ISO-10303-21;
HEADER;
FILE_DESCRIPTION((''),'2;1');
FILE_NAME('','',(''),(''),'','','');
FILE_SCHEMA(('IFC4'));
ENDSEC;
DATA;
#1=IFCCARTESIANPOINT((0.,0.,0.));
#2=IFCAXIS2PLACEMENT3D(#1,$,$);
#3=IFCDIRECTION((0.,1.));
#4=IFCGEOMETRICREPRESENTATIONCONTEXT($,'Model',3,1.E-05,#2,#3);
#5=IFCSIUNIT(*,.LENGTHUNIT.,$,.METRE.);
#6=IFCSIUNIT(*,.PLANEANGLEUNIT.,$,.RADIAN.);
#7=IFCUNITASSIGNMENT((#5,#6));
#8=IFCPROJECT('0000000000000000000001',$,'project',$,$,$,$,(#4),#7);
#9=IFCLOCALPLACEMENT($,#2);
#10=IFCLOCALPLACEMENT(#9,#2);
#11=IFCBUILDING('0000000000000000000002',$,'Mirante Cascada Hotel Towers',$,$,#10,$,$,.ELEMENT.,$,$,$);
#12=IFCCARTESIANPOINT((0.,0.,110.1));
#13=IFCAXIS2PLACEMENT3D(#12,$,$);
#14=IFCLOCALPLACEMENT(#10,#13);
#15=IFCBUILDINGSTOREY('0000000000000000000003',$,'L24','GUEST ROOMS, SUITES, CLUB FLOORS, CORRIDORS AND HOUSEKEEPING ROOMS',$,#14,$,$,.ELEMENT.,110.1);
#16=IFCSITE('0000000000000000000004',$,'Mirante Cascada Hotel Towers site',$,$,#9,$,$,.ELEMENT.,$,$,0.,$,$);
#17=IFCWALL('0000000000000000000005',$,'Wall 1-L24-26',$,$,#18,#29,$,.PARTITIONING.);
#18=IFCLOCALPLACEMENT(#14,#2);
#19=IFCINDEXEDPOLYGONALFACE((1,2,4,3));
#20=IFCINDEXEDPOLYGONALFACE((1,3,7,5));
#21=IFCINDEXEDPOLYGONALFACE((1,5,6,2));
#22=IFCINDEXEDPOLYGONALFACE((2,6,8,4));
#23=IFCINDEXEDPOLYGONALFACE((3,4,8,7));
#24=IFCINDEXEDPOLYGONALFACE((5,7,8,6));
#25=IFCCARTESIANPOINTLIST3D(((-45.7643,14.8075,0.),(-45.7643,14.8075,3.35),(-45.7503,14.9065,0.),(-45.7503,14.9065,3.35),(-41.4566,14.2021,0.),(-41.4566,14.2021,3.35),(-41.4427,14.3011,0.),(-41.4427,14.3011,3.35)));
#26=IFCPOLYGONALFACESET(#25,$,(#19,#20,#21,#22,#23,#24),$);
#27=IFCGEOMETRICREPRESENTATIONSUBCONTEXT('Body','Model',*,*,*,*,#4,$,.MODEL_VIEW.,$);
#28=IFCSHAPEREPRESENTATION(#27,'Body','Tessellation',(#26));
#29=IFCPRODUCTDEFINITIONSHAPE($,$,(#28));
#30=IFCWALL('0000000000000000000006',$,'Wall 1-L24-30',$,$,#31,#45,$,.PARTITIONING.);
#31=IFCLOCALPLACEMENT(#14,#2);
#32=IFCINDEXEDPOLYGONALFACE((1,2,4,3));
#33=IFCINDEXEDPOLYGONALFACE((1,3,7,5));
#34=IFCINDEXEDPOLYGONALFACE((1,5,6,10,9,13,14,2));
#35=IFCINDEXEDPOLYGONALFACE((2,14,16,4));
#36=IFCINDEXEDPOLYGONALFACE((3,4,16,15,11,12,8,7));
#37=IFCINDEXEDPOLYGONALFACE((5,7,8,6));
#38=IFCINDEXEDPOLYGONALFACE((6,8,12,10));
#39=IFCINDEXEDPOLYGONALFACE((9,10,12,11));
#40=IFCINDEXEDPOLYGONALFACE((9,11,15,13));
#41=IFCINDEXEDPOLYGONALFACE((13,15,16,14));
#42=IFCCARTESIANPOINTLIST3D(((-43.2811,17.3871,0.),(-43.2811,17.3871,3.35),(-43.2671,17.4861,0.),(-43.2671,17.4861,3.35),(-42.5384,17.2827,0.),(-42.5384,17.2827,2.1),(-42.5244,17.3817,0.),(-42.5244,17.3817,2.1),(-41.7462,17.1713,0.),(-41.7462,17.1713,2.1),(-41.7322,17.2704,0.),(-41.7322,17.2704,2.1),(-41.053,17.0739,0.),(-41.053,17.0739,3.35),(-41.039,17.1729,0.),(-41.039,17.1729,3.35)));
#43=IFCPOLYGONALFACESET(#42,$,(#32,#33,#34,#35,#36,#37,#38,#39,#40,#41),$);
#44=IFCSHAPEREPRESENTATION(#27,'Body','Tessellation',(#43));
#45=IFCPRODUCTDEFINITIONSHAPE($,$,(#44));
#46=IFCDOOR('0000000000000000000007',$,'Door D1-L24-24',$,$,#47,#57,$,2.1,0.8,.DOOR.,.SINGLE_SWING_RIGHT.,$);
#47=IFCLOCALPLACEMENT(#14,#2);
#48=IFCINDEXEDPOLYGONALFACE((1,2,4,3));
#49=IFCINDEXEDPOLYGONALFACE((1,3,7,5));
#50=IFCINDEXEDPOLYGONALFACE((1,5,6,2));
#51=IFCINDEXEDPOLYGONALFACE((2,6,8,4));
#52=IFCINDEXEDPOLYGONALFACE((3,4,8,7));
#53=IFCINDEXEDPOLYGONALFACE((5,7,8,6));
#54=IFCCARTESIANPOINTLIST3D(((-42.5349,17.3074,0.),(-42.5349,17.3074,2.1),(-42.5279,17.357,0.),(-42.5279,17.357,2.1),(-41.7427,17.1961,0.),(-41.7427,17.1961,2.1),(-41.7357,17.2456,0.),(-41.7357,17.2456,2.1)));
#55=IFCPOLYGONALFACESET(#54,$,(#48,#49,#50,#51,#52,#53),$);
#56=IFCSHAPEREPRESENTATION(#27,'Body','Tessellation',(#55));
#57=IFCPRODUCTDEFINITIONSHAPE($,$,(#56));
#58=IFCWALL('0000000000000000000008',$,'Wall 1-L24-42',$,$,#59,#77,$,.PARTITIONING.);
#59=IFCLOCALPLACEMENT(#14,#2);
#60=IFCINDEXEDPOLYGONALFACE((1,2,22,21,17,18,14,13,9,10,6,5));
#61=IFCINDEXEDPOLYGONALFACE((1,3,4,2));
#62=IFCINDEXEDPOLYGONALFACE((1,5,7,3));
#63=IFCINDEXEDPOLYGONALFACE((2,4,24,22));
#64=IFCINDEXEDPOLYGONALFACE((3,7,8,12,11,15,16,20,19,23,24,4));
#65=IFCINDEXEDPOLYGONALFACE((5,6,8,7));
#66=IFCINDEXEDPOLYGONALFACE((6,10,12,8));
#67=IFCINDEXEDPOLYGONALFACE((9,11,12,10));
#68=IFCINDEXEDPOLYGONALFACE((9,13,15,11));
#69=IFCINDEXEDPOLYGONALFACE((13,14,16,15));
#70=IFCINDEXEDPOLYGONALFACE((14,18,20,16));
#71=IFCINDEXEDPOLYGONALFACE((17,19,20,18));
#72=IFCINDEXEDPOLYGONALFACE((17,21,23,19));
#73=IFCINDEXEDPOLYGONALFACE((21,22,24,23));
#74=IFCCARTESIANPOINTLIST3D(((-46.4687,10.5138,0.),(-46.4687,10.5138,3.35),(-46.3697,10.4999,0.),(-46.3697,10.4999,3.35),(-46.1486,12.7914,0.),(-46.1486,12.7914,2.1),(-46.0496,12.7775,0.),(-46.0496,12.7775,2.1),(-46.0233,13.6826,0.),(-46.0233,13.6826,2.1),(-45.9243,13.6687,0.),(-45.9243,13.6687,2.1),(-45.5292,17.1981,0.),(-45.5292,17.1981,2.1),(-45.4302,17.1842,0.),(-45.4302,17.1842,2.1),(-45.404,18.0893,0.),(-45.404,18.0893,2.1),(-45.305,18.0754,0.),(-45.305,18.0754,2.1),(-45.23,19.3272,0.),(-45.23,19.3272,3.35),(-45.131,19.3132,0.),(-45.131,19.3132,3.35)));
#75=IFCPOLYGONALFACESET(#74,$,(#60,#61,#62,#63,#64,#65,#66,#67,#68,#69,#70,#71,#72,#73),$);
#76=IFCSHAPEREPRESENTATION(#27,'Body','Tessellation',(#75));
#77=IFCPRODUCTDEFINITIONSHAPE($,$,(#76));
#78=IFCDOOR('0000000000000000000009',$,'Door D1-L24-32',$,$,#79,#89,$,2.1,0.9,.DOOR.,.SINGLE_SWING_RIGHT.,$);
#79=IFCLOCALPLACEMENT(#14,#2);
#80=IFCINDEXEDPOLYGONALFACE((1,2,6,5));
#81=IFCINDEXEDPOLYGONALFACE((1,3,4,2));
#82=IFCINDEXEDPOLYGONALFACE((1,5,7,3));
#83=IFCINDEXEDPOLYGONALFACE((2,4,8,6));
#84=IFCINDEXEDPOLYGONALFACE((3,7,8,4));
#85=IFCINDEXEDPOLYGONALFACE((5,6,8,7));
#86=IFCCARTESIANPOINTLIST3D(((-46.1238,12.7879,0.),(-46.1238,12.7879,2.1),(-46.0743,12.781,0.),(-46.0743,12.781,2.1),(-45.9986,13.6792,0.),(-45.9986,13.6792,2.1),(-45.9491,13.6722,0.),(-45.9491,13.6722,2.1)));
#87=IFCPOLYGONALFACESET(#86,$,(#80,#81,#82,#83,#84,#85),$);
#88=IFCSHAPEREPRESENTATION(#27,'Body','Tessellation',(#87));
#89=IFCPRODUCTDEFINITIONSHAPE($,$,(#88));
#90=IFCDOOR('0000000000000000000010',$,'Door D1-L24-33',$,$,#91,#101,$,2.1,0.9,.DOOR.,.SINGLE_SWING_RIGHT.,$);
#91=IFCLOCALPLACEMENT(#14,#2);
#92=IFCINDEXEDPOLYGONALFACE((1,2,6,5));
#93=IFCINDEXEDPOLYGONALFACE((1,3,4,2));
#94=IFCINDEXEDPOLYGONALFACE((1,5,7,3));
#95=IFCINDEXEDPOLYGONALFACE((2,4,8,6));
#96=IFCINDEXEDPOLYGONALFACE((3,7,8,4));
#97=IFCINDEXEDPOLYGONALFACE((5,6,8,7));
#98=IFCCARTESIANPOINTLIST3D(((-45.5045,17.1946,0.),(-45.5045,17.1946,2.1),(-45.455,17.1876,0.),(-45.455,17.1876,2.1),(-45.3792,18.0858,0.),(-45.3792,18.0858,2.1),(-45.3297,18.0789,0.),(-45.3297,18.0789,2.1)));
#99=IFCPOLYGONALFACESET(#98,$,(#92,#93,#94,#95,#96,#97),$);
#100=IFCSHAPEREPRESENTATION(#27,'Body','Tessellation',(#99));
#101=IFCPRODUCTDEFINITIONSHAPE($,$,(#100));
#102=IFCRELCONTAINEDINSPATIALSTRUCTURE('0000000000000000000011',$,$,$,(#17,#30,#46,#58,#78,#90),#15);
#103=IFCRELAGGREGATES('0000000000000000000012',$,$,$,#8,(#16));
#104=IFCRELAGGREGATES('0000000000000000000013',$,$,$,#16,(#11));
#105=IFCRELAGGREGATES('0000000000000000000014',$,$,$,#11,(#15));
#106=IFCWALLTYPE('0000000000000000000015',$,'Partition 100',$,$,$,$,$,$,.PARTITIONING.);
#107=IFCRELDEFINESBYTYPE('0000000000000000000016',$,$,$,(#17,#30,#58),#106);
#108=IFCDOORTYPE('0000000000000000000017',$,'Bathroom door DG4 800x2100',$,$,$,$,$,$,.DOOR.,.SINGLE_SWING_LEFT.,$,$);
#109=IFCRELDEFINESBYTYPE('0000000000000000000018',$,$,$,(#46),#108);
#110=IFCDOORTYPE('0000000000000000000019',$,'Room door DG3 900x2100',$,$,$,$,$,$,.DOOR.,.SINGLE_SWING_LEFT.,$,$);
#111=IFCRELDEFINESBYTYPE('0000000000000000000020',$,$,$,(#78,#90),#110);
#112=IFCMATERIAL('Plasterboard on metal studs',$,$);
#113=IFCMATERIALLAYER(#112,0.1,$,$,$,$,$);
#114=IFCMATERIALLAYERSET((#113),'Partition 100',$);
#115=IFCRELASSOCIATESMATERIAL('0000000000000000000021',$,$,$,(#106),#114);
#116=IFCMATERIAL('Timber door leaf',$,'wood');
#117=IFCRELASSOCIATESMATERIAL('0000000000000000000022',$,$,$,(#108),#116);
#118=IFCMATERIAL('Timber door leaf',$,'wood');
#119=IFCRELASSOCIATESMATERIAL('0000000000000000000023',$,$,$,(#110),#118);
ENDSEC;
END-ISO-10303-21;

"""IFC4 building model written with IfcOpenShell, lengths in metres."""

from ifc_helpers import new_model, si_unit, direction, frame, frame_2d, origin, place, context, subcontext, project, spatial, rectangle, extrude, material, layer, layer_set, type_object, element, fill, save


model = new_model("IFC4")

# Units and contexts
model_context = context("Model", 3, precision=1e-05, world=origin(), true_north=direction((0.0, 1.0)))
body_context = subcontext(model_context, "Body", "Model", "MODEL_VIEW")
ifc_project = project(units=[si_unit("LENGTHUNIT", "METRE"), si_unit("PLANEANGLEUNIT", "RADIAN")], contexts=[model_context])

# Site, building, storey
site_placement = place(None, origin())
site = spatial("IfcSite", under=ifc_project, at=site_placement, Name="Mirante Cascada Hotel Towers site", CompositionType="ELEMENT", RefElevation=0.0)
building_placement = place(site_placement, origin())
building = spatial("IfcBuilding", under=site, at=building_placement, Name="Mirante Cascada Hotel Towers", CompositionType="ELEMENT")
storey_placement = place(building_placement, frame((0.0, 0.0, 110.1)))
storey = spatial("IfcBuildingStorey", under=building, at=storey_placement, Name="L24", Description="GUEST ROOMS, SUITES, CLUB FLOORS, CORRIDORS AND HOUSEKEEPING ROOMS", CompositionType="ELEMENT", Elevation=110.1)

# Wall
ifc_material_1 = material(Name="Plasterboard on metal studs")
ifc_layer_1 = layer(ifc_material_1, 0.1)
ifc_layer_set_1 = layer_set([ifc_layer_1], Name="Partition 100")
wall_type_1 = type_object("IfcWallType", Name="Partition 100", PredefinedType="PARTITIONING", material=ifc_layer_set_1)
wall_1_placement = place(storey_placement, frame((-45.7573, 14.857, 0.0), z_axis=(0.0, 0.0, 1.0), x_axis=(0.990268, -0.139171, 0.0)))
element("IfcWall", 1, at=wall_1_placement, inside=storey, type_object=wall_type_1, Name="Wall 1-L24-26", PredefinedType="PARTITIONING", context=body_context, shape_type="SweptSolid", body=[
    extrude(rectangle(XDim=4.35, YDim=0.1, at=frame_2d((2.175, 0.0))), origin(), (0.0, 0.0, 1.0), 3.35),
])

# Wall, opening, door
wall_2_placement = place(storey_placement, frame((-43.2741, 17.4366, 0.0), z_axis=(0.0, 0.0, 1.0), x_axis=(0.990264, -0.1392, 0.0)))
wall_2 = element("IfcWall", 2, at=wall_2_placement, inside=storey, type_object=wall_type_1, Name="Wall 1-L24-30", PredefinedType="PARTITIONING", context=body_context, shape_type="SweptSolid", body=[
    extrude(rectangle(XDim=2.25, YDim=0.1, at=frame_2d((1.125, 0.0))), origin(), (0.0, 0.0, 1.0), 3.35),
])
opening_1_placement = place(wall_2_placement, frame((0.75, 0.0, 0.0)))
opening_1 = element("IfcOpeningElement", 3, at=opening_1_placement, cuts=wall_2, PredefinedType="OPENING", context=body_context, shape_type="SweptSolid", body=[
    extrude(rectangle(XDim=0.8, YDim=2.1, at=frame_2d((0.4, 1.05))), frame((0.0, 0.05, 0.0), z_axis=(0.0, -1.0, 0.0), x_axis=(1.0, 0.0, 0.0)), (0.0, 0.0, 1.0), 0.1),
])
ifc_material_2 = material(Name="Timber door leaf", Category="wood")
door_type_1 = type_object("IfcDoorType", Name="Bathroom door DG4 800x2100", OperationType="SINGLE_SWING_LEFT", PredefinedType="DOOR", material=ifc_material_2)
door_1_placement = place(opening_1_placement, frame((0.8, 0.0, 0.0), z_axis=(0.0, 0.0, 1.0), x_axis=(-1.0, 0.0, 0.0)))
door_1 = element("IfcDoor", 4, at=door_1_placement, inside=storey, type_object=door_type_1, Name="Door D1-L24-24", OperationType="SINGLE_SWING_RIGHT", OverallHeight=2.1, OverallWidth=0.8, PredefinedType="DOOR", context=body_context, shape_type="SweptSolid", body=[
    extrude(rectangle(XDim=0.8, YDim=2.1, at=frame_2d((0.4, 1.05))), frame((0.0, 0.025, 0.0), z_axis=(0.0, -1.0, 0.0), x_axis=(1.0, 0.0, 0.0)), (0.0, 0.0, 1.0), 0.05),
])
fill(opening_1, door_1)

# Wall, openings, doors
wall_3_placement = place(storey_placement, frame((-45.1805, 19.3202, 0.0), z_axis=(0.0, 0.0, 1.0), x_axis=(-0.139179, -0.990267, 0.0)))
wall_3 = element("IfcWall", 5, at=wall_3_placement, inside=storey, type_object=wall_type_1, Name="Wall 1-L24-42", PredefinedType="PARTITIONING", context=body_context, shape_type="SweptSolid", body=[
    extrude(rectangle(XDim=8.9, YDim=0.1, at=frame_2d((4.45, 0.0))), origin(), (0.0, 0.0, 1.0), 3.35),
])
opening_2_placement = place(wall_3_placement, frame((5.7, 0.0, 0.0)))
opening_2 = element("IfcOpeningElement", 6, at=opening_2_placement, cuts=wall_3, PredefinedType="OPENING", context=body_context, shape_type="SweptSolid", body=[
    extrude(rectangle(XDim=0.9, YDim=2.1, at=frame_2d((0.45, 1.05))), frame((0.0, 0.05, 0.0), z_axis=(0.0, -1.0, 0.0), x_axis=(1.0, 0.0, 0.0)), (0.0, 0.0, 1.0), 0.1),
])
opening_3_placement = place(wall_3_placement, frame((1.25, 0.0, 0.0)))
opening_3 = element("IfcOpeningElement", 7, at=opening_3_placement, cuts=wall_3, PredefinedType="OPENING", context=body_context, shape_type="SweptSolid", body=[
    extrude(rectangle(XDim=0.9, YDim=2.1, at=frame_2d((0.45, 1.05))), frame((0.0, 0.05, 0.0), z_axis=(0.0, -1.0, 0.0), x_axis=(1.0, 0.0, 0.0)), (0.0, 0.0, 1.0), 0.1),
])
ifc_material_3 = material(Name="Timber door leaf", Category="wood")
door_type_2 = type_object("IfcDoorType", Name="Room door DG3 900x2100", OperationType="SINGLE_SWING_LEFT", PredefinedType="DOOR", material=ifc_material_3)
door_2_placement = place(opening_2_placement, frame((0.9, 0.0, 0.0), z_axis=(0.0, 0.0, 1.0), x_axis=(-1.0, 0.0, 0.0)))
door_2 = element("IfcDoor", 8, at=door_2_placement, inside=storey, type_object=door_type_2, Name="Door D1-L24-32", OperationType="SINGLE_SWING_RIGHT", OverallHeight=2.1, OverallWidth=0.9, PredefinedType="DOOR", context=body_context, shape_type="SweptSolid", body=[
    extrude(rectangle(XDim=0.9, YDim=2.1, at=frame_2d((0.45, 1.05))), frame((0.0, 0.025, 0.0), z_axis=(0.0, -1.0, 0.0), x_axis=(1.0, 0.0, 0.0)), (0.0, 0.0, 1.0), 0.05),
])
fill(opening_2, door_2)
door_3_placement = place(opening_3_placement, frame((0.9, 0.0, 0.0), z_axis=(0.0, 0.0, 1.0), x_axis=(-1.0, 0.0, 0.0)))
door_3 = element("IfcDoor", 9, at=door_3_placement, inside=storey, type_object=door_type_2, Name="Door D1-L24-33", OperationType="SINGLE_SWING_RIGHT", OverallHeight=2.1, OverallWidth=0.9, PredefinedType="DOOR", context=body_context, shape_type="SweptSolid", body=[
    extrude(rectangle(XDim=0.9, YDim=2.1, at=frame_2d((0.45, 1.05))), frame((0.0, 0.025, 0.0), z_axis=(0.0, -1.0, 0.0), x_axis=(1.0, 0.0, 0.0)), (0.0, 0.0, 1.0), 0.05),
])
fill(opening_3, door_3)

save(model, "model.ifc")
